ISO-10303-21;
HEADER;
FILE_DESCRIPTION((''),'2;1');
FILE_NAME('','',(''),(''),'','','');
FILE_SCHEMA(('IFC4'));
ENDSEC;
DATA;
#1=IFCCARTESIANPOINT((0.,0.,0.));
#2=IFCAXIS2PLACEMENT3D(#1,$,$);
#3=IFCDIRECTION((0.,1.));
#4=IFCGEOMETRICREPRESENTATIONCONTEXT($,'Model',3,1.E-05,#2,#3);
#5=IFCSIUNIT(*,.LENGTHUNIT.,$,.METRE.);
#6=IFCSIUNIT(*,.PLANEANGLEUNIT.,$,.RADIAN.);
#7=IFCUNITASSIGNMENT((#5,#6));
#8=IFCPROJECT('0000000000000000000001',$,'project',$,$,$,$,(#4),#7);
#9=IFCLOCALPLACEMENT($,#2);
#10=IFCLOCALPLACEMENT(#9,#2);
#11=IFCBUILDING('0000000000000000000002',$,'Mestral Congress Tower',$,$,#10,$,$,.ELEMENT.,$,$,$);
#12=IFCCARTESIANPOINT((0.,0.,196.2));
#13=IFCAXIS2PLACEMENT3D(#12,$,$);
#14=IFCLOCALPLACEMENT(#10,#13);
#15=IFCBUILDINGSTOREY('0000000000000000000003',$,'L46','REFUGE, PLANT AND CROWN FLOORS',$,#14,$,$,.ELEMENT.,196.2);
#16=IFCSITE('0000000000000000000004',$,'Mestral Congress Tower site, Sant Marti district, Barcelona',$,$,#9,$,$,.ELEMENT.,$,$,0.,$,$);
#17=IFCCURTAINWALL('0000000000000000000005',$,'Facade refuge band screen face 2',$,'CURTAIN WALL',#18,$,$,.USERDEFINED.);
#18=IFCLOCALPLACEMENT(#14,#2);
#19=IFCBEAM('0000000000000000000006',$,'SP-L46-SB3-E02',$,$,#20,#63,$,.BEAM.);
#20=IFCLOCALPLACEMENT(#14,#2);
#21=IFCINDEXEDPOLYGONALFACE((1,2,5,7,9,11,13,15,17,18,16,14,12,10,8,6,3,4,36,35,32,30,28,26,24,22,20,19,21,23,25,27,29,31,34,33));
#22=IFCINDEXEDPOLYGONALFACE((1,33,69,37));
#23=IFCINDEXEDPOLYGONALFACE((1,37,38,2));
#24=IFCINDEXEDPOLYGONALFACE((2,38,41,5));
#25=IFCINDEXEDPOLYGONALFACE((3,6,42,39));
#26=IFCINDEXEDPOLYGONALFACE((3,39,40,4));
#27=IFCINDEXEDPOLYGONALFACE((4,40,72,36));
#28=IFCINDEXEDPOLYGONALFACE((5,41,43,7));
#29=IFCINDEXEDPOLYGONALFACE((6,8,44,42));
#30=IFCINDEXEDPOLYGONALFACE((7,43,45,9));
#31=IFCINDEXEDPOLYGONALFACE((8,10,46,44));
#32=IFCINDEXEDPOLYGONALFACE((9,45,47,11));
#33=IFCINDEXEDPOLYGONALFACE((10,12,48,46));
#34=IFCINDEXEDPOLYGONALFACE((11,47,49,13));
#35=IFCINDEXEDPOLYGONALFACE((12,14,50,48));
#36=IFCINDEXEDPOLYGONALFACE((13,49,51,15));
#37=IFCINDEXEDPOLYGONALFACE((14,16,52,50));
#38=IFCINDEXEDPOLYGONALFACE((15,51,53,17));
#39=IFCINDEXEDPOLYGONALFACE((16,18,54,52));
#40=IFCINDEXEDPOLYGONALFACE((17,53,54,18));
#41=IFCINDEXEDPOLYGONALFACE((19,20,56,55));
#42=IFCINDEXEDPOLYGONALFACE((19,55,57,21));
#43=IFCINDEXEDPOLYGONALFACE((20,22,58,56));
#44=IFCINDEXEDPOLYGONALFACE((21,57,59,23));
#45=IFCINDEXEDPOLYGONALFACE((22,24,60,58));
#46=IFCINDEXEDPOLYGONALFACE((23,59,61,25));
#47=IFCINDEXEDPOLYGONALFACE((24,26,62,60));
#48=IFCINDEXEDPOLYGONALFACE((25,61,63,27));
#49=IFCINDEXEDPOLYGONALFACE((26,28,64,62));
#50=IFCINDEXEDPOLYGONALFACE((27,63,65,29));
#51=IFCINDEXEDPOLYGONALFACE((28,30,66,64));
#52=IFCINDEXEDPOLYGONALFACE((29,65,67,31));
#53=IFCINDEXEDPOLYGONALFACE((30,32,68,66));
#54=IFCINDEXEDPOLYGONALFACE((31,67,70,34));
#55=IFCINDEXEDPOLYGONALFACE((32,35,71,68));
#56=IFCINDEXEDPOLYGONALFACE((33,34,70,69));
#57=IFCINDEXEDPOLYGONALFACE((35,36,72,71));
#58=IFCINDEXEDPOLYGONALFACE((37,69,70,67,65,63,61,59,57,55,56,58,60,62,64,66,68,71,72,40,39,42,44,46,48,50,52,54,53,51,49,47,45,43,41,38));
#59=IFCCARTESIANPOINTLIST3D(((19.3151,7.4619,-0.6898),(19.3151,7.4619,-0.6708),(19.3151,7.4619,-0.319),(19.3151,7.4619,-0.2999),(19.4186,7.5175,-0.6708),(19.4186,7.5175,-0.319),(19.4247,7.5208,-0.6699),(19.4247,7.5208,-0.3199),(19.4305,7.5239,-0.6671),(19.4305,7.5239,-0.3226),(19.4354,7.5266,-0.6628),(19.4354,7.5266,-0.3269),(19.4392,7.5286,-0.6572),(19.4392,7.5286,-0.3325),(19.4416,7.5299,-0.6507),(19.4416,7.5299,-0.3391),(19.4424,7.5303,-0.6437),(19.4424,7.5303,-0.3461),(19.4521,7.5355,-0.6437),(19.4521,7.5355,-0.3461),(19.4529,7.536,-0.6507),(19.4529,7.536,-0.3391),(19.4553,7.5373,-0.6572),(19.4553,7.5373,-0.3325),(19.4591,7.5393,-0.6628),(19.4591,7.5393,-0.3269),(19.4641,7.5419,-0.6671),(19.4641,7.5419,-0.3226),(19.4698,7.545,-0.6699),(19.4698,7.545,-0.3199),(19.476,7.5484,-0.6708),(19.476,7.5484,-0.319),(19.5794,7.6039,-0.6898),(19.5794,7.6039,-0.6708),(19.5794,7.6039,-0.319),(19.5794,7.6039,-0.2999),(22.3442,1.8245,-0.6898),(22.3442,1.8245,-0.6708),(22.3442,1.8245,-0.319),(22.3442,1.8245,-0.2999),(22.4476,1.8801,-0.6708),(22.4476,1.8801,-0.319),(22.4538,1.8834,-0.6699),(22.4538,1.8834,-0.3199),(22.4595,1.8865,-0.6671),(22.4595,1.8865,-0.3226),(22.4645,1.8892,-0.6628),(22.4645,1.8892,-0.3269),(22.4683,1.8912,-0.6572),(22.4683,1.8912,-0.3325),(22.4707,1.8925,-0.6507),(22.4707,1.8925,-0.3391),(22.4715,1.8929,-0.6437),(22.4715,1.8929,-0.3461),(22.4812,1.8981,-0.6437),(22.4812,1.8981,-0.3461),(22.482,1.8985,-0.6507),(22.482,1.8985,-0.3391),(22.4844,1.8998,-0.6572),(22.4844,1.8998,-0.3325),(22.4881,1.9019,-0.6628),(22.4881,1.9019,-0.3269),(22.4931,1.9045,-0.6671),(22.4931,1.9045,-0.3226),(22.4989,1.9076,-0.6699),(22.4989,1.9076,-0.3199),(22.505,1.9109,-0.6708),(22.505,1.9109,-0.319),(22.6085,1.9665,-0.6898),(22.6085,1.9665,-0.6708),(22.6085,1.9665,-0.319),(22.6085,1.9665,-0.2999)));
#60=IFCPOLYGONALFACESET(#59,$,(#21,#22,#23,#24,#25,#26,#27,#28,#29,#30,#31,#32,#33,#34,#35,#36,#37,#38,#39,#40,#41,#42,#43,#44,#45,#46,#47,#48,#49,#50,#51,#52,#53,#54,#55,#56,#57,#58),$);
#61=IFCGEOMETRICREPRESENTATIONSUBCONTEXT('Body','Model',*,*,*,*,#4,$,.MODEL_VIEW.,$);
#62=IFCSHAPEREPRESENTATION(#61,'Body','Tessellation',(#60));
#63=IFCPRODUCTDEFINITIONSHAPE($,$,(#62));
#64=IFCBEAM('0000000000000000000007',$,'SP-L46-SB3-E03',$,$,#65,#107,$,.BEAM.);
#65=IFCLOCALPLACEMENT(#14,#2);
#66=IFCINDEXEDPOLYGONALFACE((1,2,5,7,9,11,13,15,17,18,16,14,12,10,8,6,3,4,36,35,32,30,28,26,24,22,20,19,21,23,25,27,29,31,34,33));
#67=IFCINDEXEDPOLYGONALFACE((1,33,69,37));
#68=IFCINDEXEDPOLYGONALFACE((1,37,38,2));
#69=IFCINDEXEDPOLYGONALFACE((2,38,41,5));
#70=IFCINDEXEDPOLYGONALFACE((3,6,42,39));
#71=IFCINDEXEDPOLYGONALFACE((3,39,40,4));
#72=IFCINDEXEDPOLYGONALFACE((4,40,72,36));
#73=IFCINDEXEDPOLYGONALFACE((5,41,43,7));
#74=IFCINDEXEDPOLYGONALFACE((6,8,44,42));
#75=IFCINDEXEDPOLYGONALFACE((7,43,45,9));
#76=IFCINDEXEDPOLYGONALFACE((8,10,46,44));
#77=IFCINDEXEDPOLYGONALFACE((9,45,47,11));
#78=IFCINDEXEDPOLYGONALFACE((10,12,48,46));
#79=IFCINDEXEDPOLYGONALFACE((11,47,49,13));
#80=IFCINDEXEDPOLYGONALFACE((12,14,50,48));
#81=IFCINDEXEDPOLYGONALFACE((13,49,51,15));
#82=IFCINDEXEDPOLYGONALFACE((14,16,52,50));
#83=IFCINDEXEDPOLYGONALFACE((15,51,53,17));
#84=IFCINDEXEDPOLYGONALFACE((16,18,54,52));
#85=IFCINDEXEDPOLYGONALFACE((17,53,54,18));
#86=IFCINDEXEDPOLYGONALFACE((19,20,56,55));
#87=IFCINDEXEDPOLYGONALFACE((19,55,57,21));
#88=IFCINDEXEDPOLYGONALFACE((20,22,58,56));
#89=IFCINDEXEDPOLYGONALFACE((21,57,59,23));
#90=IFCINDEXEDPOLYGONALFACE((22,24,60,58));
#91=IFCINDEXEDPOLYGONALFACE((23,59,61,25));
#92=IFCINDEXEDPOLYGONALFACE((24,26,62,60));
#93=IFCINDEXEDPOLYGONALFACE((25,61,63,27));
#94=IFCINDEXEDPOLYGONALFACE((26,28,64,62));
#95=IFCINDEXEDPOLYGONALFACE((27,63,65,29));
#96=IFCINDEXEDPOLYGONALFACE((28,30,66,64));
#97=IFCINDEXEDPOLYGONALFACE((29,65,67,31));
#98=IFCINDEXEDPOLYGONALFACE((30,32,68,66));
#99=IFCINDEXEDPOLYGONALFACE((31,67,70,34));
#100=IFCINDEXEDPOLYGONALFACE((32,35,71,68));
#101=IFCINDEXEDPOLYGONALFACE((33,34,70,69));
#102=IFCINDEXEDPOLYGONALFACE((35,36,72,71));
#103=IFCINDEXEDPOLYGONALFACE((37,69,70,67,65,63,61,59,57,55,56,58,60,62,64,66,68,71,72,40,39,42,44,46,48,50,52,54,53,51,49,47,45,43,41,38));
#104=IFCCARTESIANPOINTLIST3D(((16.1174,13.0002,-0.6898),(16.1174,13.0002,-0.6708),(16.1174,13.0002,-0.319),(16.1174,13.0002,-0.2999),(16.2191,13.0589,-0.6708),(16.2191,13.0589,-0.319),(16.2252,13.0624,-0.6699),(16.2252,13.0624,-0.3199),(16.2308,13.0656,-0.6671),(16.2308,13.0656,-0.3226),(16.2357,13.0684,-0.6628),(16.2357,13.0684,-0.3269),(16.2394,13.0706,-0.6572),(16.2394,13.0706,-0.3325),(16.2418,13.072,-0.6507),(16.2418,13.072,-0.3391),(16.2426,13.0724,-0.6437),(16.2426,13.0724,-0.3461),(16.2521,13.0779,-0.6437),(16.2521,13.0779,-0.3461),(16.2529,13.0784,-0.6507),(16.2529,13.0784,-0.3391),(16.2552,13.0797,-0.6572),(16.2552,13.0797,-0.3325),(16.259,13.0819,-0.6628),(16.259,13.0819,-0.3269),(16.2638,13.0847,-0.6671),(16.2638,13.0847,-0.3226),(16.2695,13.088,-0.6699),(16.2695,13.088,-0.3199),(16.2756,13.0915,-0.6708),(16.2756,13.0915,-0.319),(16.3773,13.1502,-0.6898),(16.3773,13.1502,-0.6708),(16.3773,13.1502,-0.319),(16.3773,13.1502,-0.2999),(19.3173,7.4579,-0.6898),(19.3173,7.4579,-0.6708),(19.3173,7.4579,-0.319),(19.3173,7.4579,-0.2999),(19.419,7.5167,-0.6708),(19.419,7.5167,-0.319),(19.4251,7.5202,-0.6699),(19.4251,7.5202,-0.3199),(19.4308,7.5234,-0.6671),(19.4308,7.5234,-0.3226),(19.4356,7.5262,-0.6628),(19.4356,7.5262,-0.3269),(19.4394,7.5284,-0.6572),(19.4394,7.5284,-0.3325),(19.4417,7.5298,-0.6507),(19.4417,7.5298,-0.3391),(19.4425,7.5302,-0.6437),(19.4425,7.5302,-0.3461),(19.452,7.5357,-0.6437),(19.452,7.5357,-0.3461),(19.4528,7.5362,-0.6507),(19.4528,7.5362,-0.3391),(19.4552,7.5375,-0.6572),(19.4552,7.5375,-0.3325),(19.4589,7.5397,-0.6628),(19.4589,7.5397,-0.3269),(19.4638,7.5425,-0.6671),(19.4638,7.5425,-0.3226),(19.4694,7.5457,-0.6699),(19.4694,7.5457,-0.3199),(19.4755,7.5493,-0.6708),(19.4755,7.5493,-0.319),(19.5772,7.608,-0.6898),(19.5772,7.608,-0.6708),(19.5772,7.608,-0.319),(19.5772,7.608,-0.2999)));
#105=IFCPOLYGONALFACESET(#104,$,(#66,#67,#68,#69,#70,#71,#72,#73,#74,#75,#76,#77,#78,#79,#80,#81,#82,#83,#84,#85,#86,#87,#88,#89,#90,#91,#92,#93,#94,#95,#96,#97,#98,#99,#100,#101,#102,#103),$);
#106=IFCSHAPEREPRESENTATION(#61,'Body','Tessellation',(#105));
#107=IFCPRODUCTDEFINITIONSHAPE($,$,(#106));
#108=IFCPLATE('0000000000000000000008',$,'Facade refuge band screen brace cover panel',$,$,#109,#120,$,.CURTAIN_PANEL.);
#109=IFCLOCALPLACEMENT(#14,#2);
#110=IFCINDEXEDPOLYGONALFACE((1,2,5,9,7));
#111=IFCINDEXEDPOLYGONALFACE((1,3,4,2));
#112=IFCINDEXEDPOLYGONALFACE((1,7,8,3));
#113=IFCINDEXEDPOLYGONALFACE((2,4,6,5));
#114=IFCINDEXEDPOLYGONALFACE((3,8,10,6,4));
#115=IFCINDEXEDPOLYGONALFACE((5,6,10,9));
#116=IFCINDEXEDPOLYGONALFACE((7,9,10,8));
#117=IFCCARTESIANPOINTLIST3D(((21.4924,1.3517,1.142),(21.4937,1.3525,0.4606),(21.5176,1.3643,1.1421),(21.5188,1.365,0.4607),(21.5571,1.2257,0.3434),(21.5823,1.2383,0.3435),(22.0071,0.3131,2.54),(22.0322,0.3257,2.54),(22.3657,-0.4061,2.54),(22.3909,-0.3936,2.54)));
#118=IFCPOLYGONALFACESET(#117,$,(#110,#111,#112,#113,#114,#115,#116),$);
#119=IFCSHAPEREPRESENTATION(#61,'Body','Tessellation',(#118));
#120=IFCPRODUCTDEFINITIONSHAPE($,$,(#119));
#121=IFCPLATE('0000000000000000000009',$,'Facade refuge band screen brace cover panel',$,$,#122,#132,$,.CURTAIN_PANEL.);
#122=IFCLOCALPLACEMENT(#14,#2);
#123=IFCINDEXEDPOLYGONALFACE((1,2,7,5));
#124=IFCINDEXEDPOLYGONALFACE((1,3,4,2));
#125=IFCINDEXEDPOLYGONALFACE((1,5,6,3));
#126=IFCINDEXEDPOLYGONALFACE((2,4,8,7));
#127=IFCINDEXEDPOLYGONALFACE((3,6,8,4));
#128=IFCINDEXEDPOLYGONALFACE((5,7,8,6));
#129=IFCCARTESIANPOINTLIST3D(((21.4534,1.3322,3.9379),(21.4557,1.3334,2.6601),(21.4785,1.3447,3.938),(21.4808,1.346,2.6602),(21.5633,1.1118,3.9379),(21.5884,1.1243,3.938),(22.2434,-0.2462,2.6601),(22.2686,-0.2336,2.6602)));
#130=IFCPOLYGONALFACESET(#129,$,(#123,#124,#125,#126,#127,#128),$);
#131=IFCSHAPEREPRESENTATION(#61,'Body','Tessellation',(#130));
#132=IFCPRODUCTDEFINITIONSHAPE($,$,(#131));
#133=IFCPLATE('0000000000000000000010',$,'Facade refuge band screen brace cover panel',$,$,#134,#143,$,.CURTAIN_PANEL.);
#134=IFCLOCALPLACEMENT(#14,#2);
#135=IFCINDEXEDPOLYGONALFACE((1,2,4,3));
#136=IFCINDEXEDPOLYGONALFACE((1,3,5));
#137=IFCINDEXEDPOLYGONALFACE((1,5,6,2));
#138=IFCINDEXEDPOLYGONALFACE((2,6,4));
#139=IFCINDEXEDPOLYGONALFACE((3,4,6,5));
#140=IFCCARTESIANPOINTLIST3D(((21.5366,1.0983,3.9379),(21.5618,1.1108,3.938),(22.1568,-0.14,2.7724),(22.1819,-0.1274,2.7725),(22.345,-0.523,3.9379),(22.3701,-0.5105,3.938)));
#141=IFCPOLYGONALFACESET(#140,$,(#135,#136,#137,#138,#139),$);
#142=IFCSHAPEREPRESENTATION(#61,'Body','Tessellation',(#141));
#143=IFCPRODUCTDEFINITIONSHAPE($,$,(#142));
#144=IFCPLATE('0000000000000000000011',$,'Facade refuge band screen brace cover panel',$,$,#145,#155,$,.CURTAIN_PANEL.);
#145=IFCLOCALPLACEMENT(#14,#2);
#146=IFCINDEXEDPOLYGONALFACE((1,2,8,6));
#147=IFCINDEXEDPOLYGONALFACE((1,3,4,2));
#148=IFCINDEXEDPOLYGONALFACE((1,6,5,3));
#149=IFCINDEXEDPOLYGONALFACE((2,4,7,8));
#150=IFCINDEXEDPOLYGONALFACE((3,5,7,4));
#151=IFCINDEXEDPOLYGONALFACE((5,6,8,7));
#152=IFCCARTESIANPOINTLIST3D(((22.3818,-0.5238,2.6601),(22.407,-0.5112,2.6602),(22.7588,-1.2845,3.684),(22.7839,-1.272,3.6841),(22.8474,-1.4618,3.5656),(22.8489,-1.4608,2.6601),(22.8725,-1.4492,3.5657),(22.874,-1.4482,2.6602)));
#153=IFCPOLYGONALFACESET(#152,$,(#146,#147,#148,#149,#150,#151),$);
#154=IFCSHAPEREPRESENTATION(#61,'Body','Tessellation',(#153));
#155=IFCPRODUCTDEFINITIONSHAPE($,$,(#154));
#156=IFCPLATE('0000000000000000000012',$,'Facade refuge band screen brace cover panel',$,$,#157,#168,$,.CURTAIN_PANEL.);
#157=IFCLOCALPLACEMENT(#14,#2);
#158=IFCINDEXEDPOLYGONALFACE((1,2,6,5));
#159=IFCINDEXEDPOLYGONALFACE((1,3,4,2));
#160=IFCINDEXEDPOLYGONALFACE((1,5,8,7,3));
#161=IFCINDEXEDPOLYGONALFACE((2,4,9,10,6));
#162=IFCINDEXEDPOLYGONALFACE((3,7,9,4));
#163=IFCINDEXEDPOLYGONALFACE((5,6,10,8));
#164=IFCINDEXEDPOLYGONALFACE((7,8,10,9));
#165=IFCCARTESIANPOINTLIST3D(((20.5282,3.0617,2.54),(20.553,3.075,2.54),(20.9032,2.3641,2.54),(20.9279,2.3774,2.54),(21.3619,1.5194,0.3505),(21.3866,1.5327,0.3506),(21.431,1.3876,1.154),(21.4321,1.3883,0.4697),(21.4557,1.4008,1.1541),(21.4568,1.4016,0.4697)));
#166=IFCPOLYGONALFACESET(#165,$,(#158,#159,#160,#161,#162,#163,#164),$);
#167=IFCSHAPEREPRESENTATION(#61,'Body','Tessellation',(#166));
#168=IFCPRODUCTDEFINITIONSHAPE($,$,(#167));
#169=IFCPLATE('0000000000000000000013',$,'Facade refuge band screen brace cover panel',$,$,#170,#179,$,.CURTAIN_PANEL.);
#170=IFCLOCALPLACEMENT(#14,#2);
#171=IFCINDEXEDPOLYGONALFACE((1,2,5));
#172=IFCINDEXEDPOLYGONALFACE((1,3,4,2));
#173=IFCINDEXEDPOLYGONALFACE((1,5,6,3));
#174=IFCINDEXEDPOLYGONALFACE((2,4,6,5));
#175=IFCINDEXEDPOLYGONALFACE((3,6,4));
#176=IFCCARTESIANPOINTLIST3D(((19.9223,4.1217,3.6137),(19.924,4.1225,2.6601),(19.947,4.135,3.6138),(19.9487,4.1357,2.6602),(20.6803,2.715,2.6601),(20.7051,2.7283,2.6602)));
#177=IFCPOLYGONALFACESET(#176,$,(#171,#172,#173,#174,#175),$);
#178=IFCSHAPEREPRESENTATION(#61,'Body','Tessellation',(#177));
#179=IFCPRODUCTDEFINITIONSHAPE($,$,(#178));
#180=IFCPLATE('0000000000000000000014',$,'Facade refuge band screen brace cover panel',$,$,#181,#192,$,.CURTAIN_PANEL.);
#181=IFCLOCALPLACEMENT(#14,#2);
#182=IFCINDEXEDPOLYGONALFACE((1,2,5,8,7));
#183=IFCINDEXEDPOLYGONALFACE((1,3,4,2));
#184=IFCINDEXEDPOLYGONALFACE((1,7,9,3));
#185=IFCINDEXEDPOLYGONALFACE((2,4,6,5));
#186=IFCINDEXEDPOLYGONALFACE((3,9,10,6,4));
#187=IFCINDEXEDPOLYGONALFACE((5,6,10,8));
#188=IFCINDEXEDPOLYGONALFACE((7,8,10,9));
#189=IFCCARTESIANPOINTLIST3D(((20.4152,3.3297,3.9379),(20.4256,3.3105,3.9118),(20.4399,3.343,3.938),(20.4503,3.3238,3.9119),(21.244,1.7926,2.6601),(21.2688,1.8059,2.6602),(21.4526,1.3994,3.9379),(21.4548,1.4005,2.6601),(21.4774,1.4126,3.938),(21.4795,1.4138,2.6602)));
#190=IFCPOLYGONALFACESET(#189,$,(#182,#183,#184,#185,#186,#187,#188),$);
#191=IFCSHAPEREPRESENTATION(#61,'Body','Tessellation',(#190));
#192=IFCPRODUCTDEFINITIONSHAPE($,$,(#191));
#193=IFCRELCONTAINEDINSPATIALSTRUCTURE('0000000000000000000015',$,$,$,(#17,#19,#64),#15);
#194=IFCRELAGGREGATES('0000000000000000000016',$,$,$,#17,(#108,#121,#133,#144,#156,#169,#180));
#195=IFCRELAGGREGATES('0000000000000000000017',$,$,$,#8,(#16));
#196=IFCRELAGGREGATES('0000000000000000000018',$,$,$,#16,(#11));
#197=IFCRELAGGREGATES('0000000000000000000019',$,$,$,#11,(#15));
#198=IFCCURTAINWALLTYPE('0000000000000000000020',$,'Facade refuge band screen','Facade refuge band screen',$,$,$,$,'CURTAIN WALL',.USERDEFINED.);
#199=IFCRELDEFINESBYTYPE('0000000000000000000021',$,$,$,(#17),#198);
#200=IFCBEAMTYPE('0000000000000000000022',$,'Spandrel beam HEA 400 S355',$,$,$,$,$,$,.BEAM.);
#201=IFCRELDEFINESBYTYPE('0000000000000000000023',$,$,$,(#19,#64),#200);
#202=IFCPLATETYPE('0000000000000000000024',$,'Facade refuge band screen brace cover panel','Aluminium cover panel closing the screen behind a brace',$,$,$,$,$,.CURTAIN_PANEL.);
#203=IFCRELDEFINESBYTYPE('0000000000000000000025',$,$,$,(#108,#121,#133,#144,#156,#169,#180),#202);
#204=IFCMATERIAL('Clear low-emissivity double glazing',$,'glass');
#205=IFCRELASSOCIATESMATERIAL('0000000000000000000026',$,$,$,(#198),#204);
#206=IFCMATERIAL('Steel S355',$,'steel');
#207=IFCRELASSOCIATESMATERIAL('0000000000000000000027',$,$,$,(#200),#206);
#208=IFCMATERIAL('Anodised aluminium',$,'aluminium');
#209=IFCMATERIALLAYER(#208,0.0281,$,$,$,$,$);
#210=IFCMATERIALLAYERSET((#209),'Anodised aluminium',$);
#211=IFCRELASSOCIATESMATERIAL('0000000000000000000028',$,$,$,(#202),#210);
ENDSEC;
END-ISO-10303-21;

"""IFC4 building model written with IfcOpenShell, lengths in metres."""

from ifc_helpers import new_model, si_unit, direction, frame, origin, origin_2d, place, context, subcontext, project, spatial, polyline, i_section, outline, extrude, material, layer, layer_set, material_profile, profile_set, type_object, element, aggregate, save


model = new_model("IFC4")

# Units and contexts
model_context = context("Model", 3, precision=1e-05, world=origin(), true_north=direction((0.0, 1.0)))
body_context = subcontext(model_context, "Body", "Model", "MODEL_VIEW")
ifc_project = project(units=[si_unit("LENGTHUNIT", "METRE"), si_unit("PLANEANGLEUNIT", "RADIAN")], contexts=[model_context])

# Site, building, storey
site_placement = place(None, origin())
site = spatial("IfcSite", under=ifc_project, at=site_placement, Name="Mestral Congress Tower site, Sant Marti district, Barcelona", CompositionType="ELEMENT", RefElevation=0.0)
building_placement = place(site_placement, origin())
building = spatial("IfcBuilding", under=site, at=building_placement, Name="Mestral Congress Tower", CompositionType="ELEMENT")
storey_placement = place(building_placement, frame((0.0, 0.0, 196.2)))
storey = spatial("IfcBuildingStorey", under=building, at=storey_placement, Name="L46", Description="REFUGE, PLANT AND CROWN FLOORS", CompositionType="ELEMENT", Elevation=196.2)

# Shared definitions
ifc_material_1 = material(Name="Steel S355", Category="steel")

# Curtain wall
ifc_material_2 = material(Name="Clear low-emissivity double glazing", Category="glass")
curtain_wall_type = type_object("IfcCurtainWallType", Name="Facade refuge band screen", Description="Facade refuge band screen", ElementType="CURTAIN WALL", PredefinedType="USERDEFINED", material=ifc_material_2)
curtain_wall_placement = place(storey_placement, origin())
curtain_wall = element("IfcCurtainWall", 1, at=curtain_wall_placement, inside=storey, type_object=curtain_wall_type, Name="Facade refuge band screen face 2", ObjectType="CURTAIN WALL", PredefinedType="USERDEFINED")
ifc_material_3 = material(Name="Anodised aluminium", Category="aluminium")

# Beams
ifc_material_profile_1 = material_profile(ifc_material_1, i_section(OverallWidth=0.3, OverallDepth=0.3899, WebThickness=0.011, FlangeThickness=0.019, FilletRadius=0.0271, at=origin_2d()), Name="HEA 400")
ifc_profile_set_1 = profile_set([ifc_material_profile_1], Name="Steel S355")
beam_type_1 = type_object("IfcBeamType", Name="Spandrel beam HEA 400 S355", PredefinedType="BEAM", material=ifc_profile_set_1)
for number, where, z_axis, x_axis, name in (
    (2, (22.4763, 1.8955, -0.4949), (-0.473313, 0.880895, 0.0), (-0.880895, -0.473313, 0.0), "SP-L46-SB3-E02"),
    (3, (19.4473, 7.533, -0.4949), (-0.500016, 0.866016, 0.0), (-0.866016, -0.500016, 0.0), "SP-L46-SB3-E03"),
):
    element("IfcBeam", number, at=place(storey_placement, frame(where, z_axis=z_axis, x_axis=x_axis)), inside=storey, type_object=beam_type_1, Name=name, PredefinedType="BEAM", context=body_context, shape_type="SweptSolid", body=[
        extrude(i_section(OverallWidth=0.3, OverallDepth=0.3899, WebThickness=0.011, FlangeThickness=0.019, FilletRadius=0.0271, at=origin_2d()), origin(), (0.0, 0.0, 1.0), 6.3997),
    ])

# Plates
ifc_layer_1 = layer(ifc_material_3, 0.0281)
ifc_layer_set_1 = layer_set([ifc_layer_1], Name="Anodised aluminium")
plate_type_1 = type_object("IfcPlateType", Name="Facade refuge band screen brace cover panel", Description="Aluminium cover panel closing the screen behind a brace", PredefinedType="CURTAIN_PANEL", material=ifc_layer_set_1)
plate_1_placement = place(storey_placement, frame((21.5188, 1.365, 0.4607), z_axis=(0.894902, 0.446258, 0.002088), x_axis=(0.345102, -0.689067, -0.637253)))
plate_1 = element("IfcPlate", 4, at=plate_1_placement, type_object=plate_type_1, Name="Facade refuge band screen brace cover panel", PredefinedType="CURTAIN_PANEL", context=body_context, shape_type="SweptSolid", body=[
    extrude(outline(polyline([(0.0, 0.0), (0.1839, 0.0), (0.1876, -2.8533), (-0.4317, -2.3412), (-0.4341, -0.5252), (0.0, 0.0)])), origin(), (0.0, 0.0, -1.0), 0.0281),
])
plate_2_placement = place(storey_placement, frame((21.4785, 1.3447, 3.938), z_axis=(0.894886, 0.44629, 0.002023), x_axis=(0.001771, 0.000981, -0.999998)))
plate_2 = element("IfcPlate", 5, at=plate_2_placement, type_object=plate_type_1, Name="Facade refuge band screen brace cover panel", PredefinedType="CURTAIN_PANEL", context=body_context, shape_type="SweptSolid", body=[
    extrude(outline(polyline([(0.0, 0.0), (1.2778, 0.0), (1.2777, -1.7652), (0.0, -0.2463), (0.0, 0.0)])), origin(), (0.0, 0.0, -1.0), 0.0281),
])
plate_3_placement = place(storey_placement, frame((21.5618, 1.1108, 3.938), z_axis=(0.894937, 0.446188, 0.00211), x_axis=(0.342594, -0.684108, -0.643914)))
plate_3 = element("IfcPlate", 6, at=plate_3_placement, type_object=plate_type_1, Name="Facade refuge band screen brace cover panel", PredefinedType="CURTAIN_PANEL", context=body_context, shape_type="SweptSolid", body=[
    extrude(outline(polyline([(0.0, 0.0), (1.8101, 0.0), (1.3861, -1.1666), (0.0, 0.0)])), origin(), (0.0, 0.0, -1.0), 0.0281),
])
plate_4_placement = place(storey_placement, frame((22.874, -1.4482, 2.6602), z_axis=(0.894978, 0.446106, 0.001945), x_axis=(-0.001632, -0.001086, 0.999998)))
plate_4 = element("IfcPlate", 7, at=plate_4_placement, type_object=plate_type_1, Name="Facade refuge band screen brace cover panel", PredefinedType="CURTAIN_PANEL", context=body_context, shape_type="SweptSolid", body=[
    extrude(outline(polyline([(0.0, 0.0), (0.9055, 0.0), (1.0239, -0.1982), (-0.0003, -1.047), (0.0, 0.0)])), origin(), (0.0, 0.0, -1.0), 0.0281),
])
plate_5_placement = place(storey_placement, frame((20.553, 3.075, 2.54), z_axis=(0.880825, 0.473438, 0.001874), x_axis=(0.297208, -0.549862, -0.780589)))
plate_5 = element("IfcPlate", 8, at=plate_5_placement, type_object=plate_type_1, Name="Facade refuge band screen brace cover panel", PredefinedType="CURTAIN_PANEL", context=body_context, shape_type="SweptSolid", body=[
    extrude(outline(polyline([(0.0, 0.0), (2.8049, 0.0), (2.8048, -0.1905), (2.2707, -0.6184), (0.495, -0.6182), (0.0, 0.0)])), origin(), (0.0, 0.0, -1.0), 0.0281),
])
plate_6_placement = place(storey_placement, frame((19.947, 4.135, 3.6138), z_axis=(0.880867, 0.473361, 0.001942), x_axis=(0.001792, 0.000768, -0.999998)))
plate_6 = element("IfcPlate", 9, at=plate_6_placement, type_object=plate_type_1, Name="Facade refuge band screen brace cover panel", PredefinedType="CURTAIN_PANEL", context=body_context, shape_type="SweptSolid", body=[
    extrude(outline(polyline([(0.0, 0.0), (0.9536, 0.0), (0.9539, -1.5978), (0.0, 0.0)])), origin(), (0.0, 0.0, -1.0), 0.0281),
])
plate_7_placement = place(storey_placement, frame((21.4795, 1.4138, 2.6602), z_axis=(0.880844, 0.473403, 0.001893), x_axis=(-0.001654, -0.00092, 0.999998)))
plate_7 = element("IfcPlate", 10, at=plate_7_placement, type_object=plate_type_1, Name="Facade refuge band screen brace cover panel", PredefinedType="CURTAIN_PANEL", context=body_context, shape_type="SweptSolid", body=[
    extrude(outline(polyline([(0.0, 0.0), (1.2778, 0.0), (1.2778, -2.1915), (1.2517, -2.1696), (0.0, -0.4451), (0.0, 0.0)])), origin(), (0.0, 0.0, -1.0), 0.0281),
])
aggregate(curtain_wall, [plate_1, plate_2, plate_3, plate_4, plate_5, plate_6, plate_7])

save(model, "model.ifc")
